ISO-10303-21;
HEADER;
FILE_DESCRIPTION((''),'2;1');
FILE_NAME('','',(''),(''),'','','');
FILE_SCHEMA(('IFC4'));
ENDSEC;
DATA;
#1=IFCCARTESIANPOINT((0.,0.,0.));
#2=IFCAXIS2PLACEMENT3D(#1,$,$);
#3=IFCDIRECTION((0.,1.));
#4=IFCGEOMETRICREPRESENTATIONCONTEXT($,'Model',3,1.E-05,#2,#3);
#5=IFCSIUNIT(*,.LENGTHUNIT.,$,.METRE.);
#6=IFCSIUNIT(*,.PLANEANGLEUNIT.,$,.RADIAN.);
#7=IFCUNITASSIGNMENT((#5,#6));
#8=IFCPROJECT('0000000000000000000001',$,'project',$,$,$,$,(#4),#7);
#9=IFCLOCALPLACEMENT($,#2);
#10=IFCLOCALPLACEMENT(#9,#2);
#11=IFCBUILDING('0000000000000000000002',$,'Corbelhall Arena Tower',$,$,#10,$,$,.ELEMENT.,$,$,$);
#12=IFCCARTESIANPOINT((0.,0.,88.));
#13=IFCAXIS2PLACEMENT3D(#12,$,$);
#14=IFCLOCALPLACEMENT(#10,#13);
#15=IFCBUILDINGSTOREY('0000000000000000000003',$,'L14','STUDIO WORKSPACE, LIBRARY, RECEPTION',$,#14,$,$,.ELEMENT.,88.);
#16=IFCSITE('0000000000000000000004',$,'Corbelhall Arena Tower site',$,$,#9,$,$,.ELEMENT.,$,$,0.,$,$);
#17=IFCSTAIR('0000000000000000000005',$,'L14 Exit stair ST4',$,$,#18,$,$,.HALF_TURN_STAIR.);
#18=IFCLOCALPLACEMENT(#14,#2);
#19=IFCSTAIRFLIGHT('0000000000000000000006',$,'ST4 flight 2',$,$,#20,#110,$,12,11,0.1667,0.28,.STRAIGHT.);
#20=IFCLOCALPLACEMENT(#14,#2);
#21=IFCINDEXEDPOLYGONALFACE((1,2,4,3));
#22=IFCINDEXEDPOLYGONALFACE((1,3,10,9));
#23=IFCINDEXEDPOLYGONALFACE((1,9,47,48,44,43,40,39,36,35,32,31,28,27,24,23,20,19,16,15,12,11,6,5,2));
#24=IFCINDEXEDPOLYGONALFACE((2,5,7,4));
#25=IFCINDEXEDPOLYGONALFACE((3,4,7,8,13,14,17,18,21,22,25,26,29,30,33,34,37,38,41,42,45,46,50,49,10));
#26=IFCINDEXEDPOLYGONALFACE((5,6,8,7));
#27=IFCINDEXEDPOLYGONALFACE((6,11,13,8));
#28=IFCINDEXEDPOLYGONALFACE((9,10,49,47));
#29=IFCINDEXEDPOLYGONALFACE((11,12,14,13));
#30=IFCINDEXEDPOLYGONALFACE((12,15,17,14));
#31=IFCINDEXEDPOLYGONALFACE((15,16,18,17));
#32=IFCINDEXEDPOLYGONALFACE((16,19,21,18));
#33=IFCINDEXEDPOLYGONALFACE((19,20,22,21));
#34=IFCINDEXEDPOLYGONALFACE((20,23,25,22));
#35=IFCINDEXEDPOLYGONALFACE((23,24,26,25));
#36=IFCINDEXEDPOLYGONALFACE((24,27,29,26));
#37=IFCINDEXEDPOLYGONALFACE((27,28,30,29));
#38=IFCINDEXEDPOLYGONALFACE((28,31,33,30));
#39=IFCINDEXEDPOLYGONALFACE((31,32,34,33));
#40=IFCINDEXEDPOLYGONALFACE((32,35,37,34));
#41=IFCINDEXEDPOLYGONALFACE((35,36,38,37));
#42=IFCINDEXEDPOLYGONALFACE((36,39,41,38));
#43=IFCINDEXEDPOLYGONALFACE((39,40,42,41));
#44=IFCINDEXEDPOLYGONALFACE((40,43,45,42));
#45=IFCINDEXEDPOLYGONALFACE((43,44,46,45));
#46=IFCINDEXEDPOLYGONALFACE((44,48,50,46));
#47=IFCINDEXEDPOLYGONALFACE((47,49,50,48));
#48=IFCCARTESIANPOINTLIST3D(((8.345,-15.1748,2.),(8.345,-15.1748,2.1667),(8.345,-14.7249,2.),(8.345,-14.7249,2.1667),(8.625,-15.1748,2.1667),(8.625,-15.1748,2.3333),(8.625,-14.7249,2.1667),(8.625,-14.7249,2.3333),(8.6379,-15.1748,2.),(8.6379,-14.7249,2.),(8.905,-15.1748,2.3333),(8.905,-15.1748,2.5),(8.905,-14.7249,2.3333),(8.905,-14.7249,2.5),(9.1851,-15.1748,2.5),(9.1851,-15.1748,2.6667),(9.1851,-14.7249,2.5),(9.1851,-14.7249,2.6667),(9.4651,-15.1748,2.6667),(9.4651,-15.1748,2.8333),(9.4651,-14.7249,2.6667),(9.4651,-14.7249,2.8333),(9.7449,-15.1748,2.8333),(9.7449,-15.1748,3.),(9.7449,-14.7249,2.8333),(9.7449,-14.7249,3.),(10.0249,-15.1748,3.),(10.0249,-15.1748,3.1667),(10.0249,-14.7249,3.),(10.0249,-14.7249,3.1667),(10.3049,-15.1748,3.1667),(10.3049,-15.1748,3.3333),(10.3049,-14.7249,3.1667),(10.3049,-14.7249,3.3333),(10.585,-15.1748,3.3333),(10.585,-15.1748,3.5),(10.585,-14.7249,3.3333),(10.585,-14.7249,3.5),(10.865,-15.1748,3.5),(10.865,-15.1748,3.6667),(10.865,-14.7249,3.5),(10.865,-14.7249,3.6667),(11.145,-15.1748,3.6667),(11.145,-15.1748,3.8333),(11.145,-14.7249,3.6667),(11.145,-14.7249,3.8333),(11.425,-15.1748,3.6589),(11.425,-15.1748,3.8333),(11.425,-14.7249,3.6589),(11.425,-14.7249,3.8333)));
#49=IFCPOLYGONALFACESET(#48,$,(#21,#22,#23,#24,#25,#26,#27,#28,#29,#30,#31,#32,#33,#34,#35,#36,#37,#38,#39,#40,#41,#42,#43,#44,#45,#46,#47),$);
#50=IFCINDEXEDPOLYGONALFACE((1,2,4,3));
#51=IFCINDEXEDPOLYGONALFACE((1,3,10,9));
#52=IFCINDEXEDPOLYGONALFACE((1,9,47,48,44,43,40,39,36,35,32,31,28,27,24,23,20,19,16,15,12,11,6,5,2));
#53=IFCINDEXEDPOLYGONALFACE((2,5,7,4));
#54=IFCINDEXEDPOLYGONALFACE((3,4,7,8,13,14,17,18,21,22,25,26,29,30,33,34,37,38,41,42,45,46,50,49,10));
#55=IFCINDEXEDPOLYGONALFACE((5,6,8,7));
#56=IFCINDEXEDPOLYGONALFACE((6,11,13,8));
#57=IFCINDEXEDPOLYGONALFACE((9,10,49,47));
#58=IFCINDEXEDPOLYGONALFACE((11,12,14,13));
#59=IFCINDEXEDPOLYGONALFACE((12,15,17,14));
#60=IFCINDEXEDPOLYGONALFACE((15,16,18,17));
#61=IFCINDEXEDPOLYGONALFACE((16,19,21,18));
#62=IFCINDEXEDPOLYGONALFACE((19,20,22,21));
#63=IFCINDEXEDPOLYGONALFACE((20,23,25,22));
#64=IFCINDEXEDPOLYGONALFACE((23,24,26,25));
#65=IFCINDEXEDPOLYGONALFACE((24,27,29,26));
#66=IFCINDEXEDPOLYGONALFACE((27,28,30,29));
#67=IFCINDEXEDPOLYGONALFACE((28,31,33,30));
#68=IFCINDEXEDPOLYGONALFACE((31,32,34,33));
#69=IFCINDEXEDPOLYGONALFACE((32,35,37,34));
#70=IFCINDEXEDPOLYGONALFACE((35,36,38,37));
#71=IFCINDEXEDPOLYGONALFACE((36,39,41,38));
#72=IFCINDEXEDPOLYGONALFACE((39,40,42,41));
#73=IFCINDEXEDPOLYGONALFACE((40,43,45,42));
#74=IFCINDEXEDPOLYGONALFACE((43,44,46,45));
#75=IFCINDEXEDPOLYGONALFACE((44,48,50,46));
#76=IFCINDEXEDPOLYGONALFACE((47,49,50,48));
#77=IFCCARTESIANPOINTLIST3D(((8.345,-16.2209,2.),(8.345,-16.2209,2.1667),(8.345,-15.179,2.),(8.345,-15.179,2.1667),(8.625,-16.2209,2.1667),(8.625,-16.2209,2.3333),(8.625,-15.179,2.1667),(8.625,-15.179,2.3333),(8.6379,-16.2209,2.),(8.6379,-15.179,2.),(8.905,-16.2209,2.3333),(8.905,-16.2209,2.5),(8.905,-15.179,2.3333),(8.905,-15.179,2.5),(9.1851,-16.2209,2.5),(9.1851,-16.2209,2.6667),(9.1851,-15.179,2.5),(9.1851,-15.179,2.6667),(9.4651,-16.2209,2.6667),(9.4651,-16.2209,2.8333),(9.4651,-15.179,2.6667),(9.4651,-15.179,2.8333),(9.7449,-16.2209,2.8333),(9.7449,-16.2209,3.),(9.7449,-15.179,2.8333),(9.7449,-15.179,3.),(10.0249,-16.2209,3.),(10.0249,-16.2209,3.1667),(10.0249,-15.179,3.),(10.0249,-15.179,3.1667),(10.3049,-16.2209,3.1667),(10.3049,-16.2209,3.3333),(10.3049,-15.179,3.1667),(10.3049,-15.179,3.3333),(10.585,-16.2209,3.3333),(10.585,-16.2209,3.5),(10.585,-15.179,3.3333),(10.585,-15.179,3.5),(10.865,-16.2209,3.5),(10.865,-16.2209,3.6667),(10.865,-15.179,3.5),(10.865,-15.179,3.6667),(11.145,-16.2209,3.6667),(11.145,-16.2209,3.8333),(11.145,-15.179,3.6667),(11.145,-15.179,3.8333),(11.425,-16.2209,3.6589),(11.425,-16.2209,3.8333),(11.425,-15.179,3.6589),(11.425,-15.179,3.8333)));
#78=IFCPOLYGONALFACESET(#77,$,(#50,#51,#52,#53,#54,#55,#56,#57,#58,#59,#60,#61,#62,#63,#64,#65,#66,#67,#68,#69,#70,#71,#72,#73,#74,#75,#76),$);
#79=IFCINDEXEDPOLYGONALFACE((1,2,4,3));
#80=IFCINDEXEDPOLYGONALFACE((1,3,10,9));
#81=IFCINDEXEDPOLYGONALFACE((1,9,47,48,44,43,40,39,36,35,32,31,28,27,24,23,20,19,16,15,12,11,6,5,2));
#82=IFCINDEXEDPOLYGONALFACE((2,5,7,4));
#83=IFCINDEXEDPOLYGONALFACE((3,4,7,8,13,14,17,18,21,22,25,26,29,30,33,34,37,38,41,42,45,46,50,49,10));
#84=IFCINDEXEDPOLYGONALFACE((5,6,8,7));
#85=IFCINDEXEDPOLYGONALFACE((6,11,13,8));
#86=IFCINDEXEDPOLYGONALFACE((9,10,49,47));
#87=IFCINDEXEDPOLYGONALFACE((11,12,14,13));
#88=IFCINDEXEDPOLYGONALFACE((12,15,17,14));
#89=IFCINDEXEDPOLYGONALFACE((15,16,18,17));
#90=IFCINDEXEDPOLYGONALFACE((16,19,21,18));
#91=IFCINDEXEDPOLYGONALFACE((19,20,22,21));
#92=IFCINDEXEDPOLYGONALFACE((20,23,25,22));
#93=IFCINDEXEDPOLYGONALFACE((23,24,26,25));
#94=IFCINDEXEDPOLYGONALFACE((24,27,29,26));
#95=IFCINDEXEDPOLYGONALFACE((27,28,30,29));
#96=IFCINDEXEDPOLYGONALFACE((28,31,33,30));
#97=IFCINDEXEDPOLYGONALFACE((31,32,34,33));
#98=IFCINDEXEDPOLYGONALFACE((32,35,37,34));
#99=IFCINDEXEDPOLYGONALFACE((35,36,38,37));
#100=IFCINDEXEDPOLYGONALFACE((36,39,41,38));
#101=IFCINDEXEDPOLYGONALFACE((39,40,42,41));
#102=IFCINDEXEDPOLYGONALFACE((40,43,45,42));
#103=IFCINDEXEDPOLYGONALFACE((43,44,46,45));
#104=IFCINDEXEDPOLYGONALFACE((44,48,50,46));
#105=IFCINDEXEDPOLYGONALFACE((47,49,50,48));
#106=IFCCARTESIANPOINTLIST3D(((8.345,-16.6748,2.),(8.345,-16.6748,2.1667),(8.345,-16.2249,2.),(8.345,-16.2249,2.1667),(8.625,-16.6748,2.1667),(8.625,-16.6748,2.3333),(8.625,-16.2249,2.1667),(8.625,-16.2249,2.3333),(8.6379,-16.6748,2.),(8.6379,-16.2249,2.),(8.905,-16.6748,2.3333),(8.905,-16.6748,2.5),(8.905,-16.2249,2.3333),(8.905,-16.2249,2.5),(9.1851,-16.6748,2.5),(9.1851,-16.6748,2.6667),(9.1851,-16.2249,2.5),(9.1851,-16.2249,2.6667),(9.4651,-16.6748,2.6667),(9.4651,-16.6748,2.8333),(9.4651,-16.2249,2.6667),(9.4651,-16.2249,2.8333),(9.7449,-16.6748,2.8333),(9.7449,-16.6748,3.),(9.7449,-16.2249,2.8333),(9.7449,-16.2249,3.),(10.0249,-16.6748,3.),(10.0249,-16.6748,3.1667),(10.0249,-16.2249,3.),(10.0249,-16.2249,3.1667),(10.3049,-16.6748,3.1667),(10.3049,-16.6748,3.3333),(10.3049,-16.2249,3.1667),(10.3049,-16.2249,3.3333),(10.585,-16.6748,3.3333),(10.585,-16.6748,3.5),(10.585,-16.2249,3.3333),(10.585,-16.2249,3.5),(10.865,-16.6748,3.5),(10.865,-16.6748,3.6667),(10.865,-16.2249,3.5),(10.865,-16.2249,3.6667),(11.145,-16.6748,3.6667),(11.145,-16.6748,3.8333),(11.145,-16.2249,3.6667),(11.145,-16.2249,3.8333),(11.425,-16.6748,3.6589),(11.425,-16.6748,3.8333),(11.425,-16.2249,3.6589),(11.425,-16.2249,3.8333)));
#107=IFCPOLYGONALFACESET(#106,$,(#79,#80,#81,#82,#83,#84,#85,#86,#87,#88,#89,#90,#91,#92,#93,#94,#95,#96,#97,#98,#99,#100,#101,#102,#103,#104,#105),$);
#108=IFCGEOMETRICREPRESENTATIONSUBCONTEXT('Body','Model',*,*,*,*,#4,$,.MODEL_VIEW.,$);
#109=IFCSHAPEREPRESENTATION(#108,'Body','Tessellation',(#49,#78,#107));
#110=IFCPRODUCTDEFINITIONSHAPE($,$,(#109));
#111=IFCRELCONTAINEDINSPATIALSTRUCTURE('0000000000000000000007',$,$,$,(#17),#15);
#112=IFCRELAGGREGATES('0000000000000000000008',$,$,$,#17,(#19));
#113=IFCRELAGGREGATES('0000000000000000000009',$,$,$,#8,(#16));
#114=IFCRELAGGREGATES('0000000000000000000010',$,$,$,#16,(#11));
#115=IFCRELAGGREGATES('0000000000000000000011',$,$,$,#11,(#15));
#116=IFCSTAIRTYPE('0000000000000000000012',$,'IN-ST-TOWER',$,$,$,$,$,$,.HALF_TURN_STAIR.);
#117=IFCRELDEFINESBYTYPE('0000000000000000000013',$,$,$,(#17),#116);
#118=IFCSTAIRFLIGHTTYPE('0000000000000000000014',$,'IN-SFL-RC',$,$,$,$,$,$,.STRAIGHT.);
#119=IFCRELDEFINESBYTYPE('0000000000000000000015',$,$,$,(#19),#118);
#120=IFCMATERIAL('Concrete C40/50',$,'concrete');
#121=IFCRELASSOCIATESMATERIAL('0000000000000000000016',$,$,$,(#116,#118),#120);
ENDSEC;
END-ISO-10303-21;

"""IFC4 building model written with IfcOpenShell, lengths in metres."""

from ifc_helpers import new_model, si_unit, direction, frame, origin, place, context, subcontext, project, spatial, polyline, outline, extrude, material, type_object, element, aggregate, save


model = new_model("IFC4")

# Units and contexts
model_context = context("Model", 3, precision=1e-05, world=origin(), true_north=direction((0.0, 1.0)))
body_context = subcontext(model_context, "Body", "Model", "MODEL_VIEW")
ifc_project = project(units=[si_unit("LENGTHUNIT", "METRE"), si_unit("PLANEANGLEUNIT", "RADIAN")], contexts=[model_context])

# Site, building, storey
site_placement = place(None, origin())
site = spatial("IfcSite", under=ifc_project, at=site_placement, Name="Corbelhall Arena Tower site", CompositionType="ELEMENT", RefElevation=0.0)
building_placement = place(site_placement, origin())
building = spatial("IfcBuilding", under=site, at=building_placement, Name="Corbelhall Arena Tower", CompositionType="ELEMENT")
storey_placement = place(building_placement, frame((0.0, 0.0, 88.0)))
storey = spatial("IfcBuildingStorey", under=building, at=storey_placement, Name="L14", Description="STUDIO WORKSPACE, LIBRARY, RECEPTION", CompositionType="ELEMENT", Elevation=88.0)

# Shared definitions
ifc_material_1 = material(Name="Concrete C40/50", Category="concrete")

# Stair, stair flight
stair_type = type_object("IfcStairType", Name="IN-ST-TOWER", PredefinedType="HALF_TURN_STAIR", material=ifc_material_1)
stair_placement = place(storey_placement, origin())
stair = element("IfcStair", 1, at=stair_placement, inside=storey, type_object=stair_type, Name="L14 Exit stair ST4", PredefinedType="HALF_TURN_STAIR")
stair_flight_type = type_object("IfcStairFlightType", Name="IN-SFL-RC", PredefinedType="STRAIGHT", material=ifc_material_1)
stair_flight_placement = place(storey_placement, frame((8.345, -15.7, 2.0), z_axis=(0.0, 0.0, 1.0), x_axis=(1.0, 0.0, 0.0)))
stair_flight = element("IfcStairFlight", 2, at=stair_flight_placement, type_object=stair_flight_type, Name="ST4 flight 2", NumberOfRisers=12, NumberOfTreads=11, PredefinedType="STRAIGHT", RiserHeight=0.1667, TreadLength=0.28, context=body_context, shape_type="SweptSolid", body=[
    extrude(outline(polyline([(0.0, 0.0), (0.0, 0.1667), (0.28, 0.1667), (0.28, 0.3333), (0.5601, 0.3333), (0.5601, 0.5), (0.8401, 0.5), (0.8401, 0.6667), (1.1201, 0.6667), (1.1201, 0.8333), (1.3999, 0.8333), (1.3999, 1.0), (1.6799, 1.0), (1.6799, 1.1667), (1.96, 1.1667), (1.96, 1.3333), (2.24, 1.3333), (2.24, 1.5), (2.52, 1.5), (2.52, 1.6667), (2.8, 1.6667), (2.8, 1.8333), (3.0801, 1.8333), (3.0801, 2.0), (3.0801, 1.6589), (0.293, 0.0), (0.0, 0.0)])), frame((0.0, 0.9751, 0.0), z_axis=(0.0, -1.0, 0.0), x_axis=(1.0, 0.0, 0.0)), (0.0, 0.0, 1.0), 0.45),
    extrude(outline(polyline([(0.0, 0.0), (0.0, 0.1667), (0.28, 0.1667), (0.28, 0.3333), (0.5601, 0.3333), (0.5601, 0.5), (0.8401, 0.5), (0.8401, 0.6667), (1.1201, 0.6667), (1.1201, 0.8333), (1.3999, 0.8333), (1.3999, 1.0), (1.6799, 1.0), (1.6799, 1.1667), (1.96, 1.1667), (1.96, 1.3333), (2.24, 1.3333), (2.24, 1.5), (2.52, 1.5), (2.52, 1.6667), (2.8, 1.6667), (2.8, 1.8333), (3.0801, 1.8333), (3.0801, 2.0), (3.0801, 1.6589), (0.293, 0.0), (0.0, 0.0)])), frame((0.0, 0.521, 0.0), z_axis=(0.0, -1.0, 0.0), x_axis=(1.0, 0.0, 0.0)), (0.0, 0.0, 1.0), 1.042),
    extrude(outline(polyline([(0.0, 0.0), (0.0, 0.1667), (0.28, 0.1667), (0.28, 0.3333), (0.5601, 0.3333), (0.5601, 0.5), (0.8401, 0.5), (0.8401, 0.6667), (1.1201, 0.6667), (1.1201, 0.8333), (1.3999, 0.8333), (1.3999, 1.0), (1.6799, 1.0), (1.6799, 1.1667), (1.96, 1.1667), (1.96, 1.3333), (2.24, 1.3333), (2.24, 1.5), (2.52, 1.5), (2.52, 1.6667), (2.8, 1.6667), (2.8, 1.8333), (3.0801, 1.8333), (3.0801, 2.0), (3.0801, 1.6589), (0.293, 0.0), (0.0, 0.0)])), frame((0.0, -0.5249, 0.0), z_axis=(0.0, -1.0, 0.0), x_axis=(1.0, 0.0, 0.0)), (0.0, 0.0, 1.0), 0.45),
])
aggregate(stair, [stair_flight])

save(model, "model.ifc")
